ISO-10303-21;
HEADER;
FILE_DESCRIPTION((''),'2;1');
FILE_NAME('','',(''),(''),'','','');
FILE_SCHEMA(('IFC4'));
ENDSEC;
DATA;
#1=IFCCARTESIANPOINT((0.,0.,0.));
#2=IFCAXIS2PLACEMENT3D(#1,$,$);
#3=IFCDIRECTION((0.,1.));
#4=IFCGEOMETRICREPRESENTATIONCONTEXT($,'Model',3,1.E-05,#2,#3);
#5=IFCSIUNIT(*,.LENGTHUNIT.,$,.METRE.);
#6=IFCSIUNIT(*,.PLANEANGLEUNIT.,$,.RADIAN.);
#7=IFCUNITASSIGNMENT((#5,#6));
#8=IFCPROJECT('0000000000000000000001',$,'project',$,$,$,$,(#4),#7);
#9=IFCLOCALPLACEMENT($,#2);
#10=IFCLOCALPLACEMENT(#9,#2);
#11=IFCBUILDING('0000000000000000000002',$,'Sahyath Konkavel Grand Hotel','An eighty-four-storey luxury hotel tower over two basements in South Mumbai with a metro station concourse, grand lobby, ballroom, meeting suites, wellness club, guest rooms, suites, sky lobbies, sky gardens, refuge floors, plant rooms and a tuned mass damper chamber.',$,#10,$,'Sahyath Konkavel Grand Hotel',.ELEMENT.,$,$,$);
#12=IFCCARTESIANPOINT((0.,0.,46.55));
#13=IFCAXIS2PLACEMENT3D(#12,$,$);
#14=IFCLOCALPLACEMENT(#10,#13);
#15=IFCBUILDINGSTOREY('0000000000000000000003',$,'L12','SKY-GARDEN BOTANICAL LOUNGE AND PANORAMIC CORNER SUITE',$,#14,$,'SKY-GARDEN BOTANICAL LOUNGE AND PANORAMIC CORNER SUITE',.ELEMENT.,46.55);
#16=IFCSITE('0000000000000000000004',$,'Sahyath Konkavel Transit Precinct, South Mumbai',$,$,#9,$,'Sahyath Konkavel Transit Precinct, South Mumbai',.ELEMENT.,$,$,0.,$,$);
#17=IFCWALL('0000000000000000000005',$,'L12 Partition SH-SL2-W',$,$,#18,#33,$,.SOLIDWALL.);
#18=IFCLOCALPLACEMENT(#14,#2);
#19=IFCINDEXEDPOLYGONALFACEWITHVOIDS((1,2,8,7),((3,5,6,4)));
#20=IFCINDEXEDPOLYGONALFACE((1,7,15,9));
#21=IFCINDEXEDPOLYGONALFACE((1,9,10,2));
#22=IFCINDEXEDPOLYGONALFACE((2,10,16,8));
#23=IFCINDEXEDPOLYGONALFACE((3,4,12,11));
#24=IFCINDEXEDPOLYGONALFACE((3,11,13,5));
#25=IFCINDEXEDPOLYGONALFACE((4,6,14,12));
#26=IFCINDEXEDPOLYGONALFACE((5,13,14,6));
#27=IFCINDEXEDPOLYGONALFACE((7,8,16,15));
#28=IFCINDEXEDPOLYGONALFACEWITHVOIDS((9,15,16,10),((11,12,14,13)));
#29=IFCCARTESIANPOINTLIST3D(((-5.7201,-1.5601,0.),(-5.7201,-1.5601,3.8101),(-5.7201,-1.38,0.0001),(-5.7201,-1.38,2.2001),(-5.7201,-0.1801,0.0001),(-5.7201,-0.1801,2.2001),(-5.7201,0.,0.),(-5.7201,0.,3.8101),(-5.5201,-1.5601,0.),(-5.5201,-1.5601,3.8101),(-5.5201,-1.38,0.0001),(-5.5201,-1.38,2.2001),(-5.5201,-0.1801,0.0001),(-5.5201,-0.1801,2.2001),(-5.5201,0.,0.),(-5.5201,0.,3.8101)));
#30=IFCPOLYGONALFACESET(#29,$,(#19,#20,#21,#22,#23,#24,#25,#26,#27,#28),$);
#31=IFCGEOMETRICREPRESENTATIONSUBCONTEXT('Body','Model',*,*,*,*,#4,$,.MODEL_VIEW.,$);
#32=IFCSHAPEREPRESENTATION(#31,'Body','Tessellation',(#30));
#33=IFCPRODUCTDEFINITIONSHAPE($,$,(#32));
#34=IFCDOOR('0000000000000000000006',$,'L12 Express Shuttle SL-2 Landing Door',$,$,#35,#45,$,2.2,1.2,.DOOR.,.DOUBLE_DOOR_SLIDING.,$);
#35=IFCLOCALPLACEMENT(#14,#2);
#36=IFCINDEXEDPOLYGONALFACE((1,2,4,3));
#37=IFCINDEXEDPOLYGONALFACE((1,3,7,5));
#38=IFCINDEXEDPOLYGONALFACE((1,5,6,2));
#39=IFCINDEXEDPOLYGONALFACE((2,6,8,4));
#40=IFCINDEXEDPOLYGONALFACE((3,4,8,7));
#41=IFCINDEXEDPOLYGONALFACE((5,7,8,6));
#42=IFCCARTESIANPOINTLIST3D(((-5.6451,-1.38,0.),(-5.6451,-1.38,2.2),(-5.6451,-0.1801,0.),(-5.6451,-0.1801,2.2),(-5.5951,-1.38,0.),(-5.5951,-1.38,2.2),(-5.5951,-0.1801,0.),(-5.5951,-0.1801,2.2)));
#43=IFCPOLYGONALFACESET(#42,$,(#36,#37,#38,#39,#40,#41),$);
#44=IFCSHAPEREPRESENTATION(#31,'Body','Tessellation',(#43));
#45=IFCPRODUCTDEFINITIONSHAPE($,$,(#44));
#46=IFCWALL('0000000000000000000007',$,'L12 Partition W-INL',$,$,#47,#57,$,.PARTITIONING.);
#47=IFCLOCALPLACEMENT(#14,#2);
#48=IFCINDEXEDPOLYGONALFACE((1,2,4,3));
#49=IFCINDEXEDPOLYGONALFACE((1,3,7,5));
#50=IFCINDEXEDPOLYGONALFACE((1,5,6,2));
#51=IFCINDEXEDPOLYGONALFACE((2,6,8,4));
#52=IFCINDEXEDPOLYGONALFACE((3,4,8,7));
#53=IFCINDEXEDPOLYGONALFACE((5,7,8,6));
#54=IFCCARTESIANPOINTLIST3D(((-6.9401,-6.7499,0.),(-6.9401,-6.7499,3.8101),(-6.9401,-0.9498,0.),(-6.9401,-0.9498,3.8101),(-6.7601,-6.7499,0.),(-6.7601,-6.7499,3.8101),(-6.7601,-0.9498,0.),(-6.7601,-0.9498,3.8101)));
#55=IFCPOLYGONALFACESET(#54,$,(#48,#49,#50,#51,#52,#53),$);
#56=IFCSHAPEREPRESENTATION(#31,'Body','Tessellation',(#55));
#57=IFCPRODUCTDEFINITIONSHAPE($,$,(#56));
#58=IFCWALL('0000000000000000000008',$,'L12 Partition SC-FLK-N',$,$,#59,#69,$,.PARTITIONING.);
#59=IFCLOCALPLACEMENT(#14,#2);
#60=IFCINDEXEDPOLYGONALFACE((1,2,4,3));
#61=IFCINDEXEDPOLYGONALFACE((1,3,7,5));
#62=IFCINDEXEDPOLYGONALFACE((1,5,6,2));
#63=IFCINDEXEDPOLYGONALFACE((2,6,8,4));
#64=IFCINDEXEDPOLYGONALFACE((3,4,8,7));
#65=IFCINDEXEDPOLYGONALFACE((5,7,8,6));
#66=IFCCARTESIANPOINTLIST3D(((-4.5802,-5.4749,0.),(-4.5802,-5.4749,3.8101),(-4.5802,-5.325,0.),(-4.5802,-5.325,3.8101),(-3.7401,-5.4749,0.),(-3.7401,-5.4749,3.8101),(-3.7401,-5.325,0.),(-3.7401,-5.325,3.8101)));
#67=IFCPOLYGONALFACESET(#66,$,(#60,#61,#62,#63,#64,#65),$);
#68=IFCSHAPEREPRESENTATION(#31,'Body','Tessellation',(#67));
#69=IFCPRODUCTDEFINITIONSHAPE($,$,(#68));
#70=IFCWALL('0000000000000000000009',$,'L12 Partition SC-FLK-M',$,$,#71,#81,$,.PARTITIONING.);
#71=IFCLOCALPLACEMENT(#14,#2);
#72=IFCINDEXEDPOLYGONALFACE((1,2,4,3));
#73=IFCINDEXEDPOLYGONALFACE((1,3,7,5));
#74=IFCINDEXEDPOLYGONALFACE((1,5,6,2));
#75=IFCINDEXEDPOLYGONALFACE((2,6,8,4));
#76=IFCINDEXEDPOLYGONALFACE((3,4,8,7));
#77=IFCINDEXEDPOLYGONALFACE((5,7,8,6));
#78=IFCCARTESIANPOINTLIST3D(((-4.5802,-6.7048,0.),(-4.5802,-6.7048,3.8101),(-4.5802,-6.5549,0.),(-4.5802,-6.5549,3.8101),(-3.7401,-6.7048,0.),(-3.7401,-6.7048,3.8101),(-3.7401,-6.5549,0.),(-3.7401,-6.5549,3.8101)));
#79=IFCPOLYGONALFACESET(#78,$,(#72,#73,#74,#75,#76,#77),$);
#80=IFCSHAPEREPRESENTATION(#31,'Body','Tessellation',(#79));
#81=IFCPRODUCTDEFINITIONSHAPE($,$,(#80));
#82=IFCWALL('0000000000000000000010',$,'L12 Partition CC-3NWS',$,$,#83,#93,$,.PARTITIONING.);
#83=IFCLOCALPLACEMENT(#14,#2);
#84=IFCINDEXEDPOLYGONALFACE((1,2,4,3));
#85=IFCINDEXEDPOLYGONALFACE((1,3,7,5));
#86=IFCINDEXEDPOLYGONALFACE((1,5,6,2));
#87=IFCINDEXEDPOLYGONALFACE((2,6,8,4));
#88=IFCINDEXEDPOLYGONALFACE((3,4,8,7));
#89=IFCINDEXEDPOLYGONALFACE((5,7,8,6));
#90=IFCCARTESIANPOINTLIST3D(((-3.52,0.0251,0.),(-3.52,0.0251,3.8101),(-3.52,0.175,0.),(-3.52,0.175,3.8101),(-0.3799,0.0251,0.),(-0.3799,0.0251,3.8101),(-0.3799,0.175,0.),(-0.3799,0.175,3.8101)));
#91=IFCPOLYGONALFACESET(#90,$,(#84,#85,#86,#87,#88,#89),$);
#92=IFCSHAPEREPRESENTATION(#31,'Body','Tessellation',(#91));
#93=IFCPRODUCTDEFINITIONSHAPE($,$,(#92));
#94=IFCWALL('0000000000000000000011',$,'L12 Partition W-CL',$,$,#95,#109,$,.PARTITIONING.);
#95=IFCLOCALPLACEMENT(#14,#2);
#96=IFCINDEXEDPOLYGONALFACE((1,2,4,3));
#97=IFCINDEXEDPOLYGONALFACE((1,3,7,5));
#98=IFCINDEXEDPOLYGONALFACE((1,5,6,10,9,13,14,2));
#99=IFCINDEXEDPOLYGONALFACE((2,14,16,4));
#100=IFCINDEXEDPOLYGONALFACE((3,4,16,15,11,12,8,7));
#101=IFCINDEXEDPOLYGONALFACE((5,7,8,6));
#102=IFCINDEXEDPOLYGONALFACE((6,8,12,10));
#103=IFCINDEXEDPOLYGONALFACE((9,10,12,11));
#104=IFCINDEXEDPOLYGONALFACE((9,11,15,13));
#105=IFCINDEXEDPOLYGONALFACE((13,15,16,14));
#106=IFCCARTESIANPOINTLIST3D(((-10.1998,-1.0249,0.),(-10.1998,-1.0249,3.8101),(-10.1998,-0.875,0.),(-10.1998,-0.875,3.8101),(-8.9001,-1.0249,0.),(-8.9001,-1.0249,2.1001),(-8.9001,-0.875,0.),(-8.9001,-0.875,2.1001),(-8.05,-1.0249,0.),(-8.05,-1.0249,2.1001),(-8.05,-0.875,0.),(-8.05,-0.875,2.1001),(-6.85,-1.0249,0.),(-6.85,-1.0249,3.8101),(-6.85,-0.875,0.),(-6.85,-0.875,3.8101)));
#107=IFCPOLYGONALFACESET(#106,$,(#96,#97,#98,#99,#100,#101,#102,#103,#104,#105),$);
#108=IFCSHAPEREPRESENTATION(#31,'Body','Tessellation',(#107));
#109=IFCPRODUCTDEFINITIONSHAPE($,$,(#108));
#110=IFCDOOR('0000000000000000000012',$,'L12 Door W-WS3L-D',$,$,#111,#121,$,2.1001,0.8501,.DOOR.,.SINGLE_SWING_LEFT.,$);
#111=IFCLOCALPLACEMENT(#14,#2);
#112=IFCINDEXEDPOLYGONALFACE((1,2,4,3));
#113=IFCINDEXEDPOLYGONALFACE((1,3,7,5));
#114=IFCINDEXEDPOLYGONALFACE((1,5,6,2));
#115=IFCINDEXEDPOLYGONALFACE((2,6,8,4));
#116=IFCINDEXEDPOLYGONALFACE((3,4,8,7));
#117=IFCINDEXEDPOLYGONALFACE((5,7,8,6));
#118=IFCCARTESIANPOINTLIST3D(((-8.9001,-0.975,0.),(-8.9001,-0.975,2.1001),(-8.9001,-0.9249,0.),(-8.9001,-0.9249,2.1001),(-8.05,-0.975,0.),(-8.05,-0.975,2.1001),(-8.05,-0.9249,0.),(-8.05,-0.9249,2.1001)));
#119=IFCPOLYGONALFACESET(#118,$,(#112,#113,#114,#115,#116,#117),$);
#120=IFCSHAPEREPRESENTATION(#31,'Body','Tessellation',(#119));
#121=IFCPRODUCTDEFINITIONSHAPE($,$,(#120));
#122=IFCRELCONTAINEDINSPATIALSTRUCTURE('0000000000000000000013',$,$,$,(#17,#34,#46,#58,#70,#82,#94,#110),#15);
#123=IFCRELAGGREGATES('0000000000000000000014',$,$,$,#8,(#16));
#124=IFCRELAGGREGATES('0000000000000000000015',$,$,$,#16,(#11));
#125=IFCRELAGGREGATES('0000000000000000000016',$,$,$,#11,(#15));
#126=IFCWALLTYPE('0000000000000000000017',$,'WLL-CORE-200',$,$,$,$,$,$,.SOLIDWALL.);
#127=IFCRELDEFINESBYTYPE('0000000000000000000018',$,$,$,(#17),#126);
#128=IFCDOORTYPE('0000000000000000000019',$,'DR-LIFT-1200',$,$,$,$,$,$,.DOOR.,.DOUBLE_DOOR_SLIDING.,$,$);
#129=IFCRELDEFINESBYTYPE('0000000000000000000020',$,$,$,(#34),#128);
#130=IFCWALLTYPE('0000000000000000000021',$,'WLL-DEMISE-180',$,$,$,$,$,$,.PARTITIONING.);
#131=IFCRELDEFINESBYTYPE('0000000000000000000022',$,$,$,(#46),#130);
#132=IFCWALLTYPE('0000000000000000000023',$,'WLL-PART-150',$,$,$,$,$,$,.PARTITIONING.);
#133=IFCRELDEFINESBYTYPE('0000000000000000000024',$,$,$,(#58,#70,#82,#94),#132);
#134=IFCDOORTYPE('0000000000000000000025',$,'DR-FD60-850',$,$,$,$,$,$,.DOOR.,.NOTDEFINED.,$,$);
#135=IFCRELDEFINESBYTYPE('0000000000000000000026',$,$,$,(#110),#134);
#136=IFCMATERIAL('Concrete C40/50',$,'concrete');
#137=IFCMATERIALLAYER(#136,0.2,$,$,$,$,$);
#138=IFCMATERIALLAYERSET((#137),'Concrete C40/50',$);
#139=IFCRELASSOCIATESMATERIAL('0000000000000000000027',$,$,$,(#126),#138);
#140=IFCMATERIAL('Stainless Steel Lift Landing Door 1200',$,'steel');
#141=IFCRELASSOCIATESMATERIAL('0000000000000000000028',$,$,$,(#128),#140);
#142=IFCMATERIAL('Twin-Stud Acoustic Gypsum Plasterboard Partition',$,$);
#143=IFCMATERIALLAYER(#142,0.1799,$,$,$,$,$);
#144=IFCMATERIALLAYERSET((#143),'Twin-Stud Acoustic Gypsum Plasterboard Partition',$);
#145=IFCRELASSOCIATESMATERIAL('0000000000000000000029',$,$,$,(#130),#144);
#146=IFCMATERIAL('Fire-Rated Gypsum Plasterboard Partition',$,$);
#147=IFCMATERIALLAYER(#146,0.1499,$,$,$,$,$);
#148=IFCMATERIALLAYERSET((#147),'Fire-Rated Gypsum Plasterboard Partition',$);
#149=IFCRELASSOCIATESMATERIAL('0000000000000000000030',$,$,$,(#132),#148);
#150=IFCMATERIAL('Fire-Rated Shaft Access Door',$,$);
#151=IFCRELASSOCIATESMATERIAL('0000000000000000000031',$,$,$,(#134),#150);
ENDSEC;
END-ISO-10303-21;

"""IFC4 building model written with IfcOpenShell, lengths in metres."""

from ifc_helpers import new_model, si_unit, direction, frame, frame_2d, origin, origin_2d, place, context, subcontext, project, spatial, rectangle, extrude, source, transform, mapped, material, layer, layer_set, type_object, element, fill, save


model = new_model("IFC4")

# Units and contexts
model_context = context("Model", 3, precision=1e-05, world=origin(), true_north=direction((0.0, 1.0)))
body_context = subcontext(model_context, "Body", "Model", "MODEL_VIEW")
ifc_project = project(units=[si_unit("LENGTHUNIT", "METRE"), si_unit("PLANEANGLEUNIT", "RADIAN")], contexts=[model_context])

# Site, building, storey
site_placement = place(None, origin())
site = spatial("IfcSite", under=ifc_project, at=site_placement, Name="Sahyath Konkavel Transit Precinct, South Mumbai", LongName="Sahyath Konkavel Transit Precinct, South Mumbai", CompositionType="ELEMENT", RefElevation=0.0)
building_placement = place(site_placement, origin())
building = spatial("IfcBuilding", under=site, at=building_placement, Name="Sahyath Konkavel Grand Hotel", Description="An eighty-four-storey luxury hotel tower over two basements in South Mumbai with a metro station concourse, grand lobby, ballroom, meeting suites, wellness club, guest rooms, suites, sky lobbies, sky gardens, refuge floors, plant rooms and a tuned mass damper chamber.", LongName="Sahyath Konkavel Grand Hotel", CompositionType="ELEMENT")
storey_placement = place(building_placement, frame((0.0, 0.0, 46.55)))
storey = spatial("IfcBuildingStorey", under=building, at=storey_placement, Name="L12", Description="SKY-GARDEN BOTANICAL LOUNGE AND PANORAMIC CORNER SUITE", LongName="SKY-GARDEN BOTANICAL LOUNGE AND PANORAMIC CORNER SUITE", CompositionType="ELEMENT", Elevation=46.55)

# Shared definitions
ifc_material_1 = material(Name="Concrete C40/50", Category="concrete")
ifc_layer_1 = layer(ifc_material_1, 0.2)
ifc_layer_set_1 = layer_set([ifc_layer_1], Name="Concrete C40/50")
wall_type_1 = type_object("IfcWallType", Name="WLL-CORE-200", PredefinedType="SOLIDWALL", material=ifc_layer_set_1)

# Shared definitions
ifc_material_2 = material(Name="Stainless Steel Lift Landing Door 1200", Category="steel")
door_type_1 = type_object("IfcDoorType", Name="DR-LIFT-1200", OperationType="DOUBLE_DOOR_SLIDING", PredefinedType="DOOR", material=ifc_material_2)
shared_shape_1 = source(origin(), body_context, "Body", "SweptSolid", [
    extrude(rectangle(XDim=1.2, YDim=0.05, at=origin_2d()), origin(), (0.0, 0.0, 1.0), 2.2),
])

# Wall, opening, door
wall_1_placement = place(storey_placement, frame((-5.6201, -1.5601, 0.0), z_axis=(0.0, 0.0, 1.0), x_axis=(0.0, 1.0, 0.0)))
wall_1 = element("IfcWall", 1, at=wall_1_placement, inside=storey, type_object=wall_type_1, Name="L12 Partition SH-SL2-W", PredefinedType="SOLIDWALL", context=body_context, shape_type="SweptSolid", body=[
    extrude(rectangle(XDim=1.5601, YDim=0.2, at=frame_2d((0.78, 0.0))), origin(), (0.0, 0.0, 1.0), 3.8101),
])
opening_1_placement = place(wall_1_placement, frame((0.1799, 0.0, 0.0)))
opening_1 = element("IfcOpeningElement", 2, at=opening_1_placement, cuts=wall_1, PredefinedType="OPENING", context=body_context, shape_type="SweptSolid", body=[
    extrude(rectangle(XDim=1.2, YDim=2.2, at=frame_2d((0.6001, 1.1001))), frame((0.0, 0.1099, 0.0), z_axis=(0.0, -1.0, 0.0), x_axis=(1.0, 0.0, 0.0)), (0.0, 0.0, 1.0), 0.22),
])
door_1_placement = place(opening_1_placement, frame((0.6001, 0.0, 0.0)))
door_1 = element("IfcDoor", 3, at=door_1_placement, inside=storey, type_object=door_type_1, Name="L12 Express Shuttle SL-2 Landing Door", OperationType="DOUBLE_DOOR_SLIDING", OverallHeight=2.2, OverallWidth=1.2, PredefinedType="DOOR", context=body_context, shape_type="MappedRepresentation", body=[
    mapped(shared_shape_1, transform((0.0, 0.0, 0.0), scale=1.0)),
])
fill(opening_1, door_1)

# Walls
ifc_material_3 = material(Name="Twin-Stud Acoustic Gypsum Plasterboard Partition")
ifc_layer_2 = layer(ifc_material_3, 0.1799)
ifc_layer_set_2 = layer_set([ifc_layer_2], Name="Twin-Stud Acoustic Gypsum Plasterboard Partition")
wall_type_2 = type_object("IfcWallType", Name="WLL-DEMISE-180", PredefinedType="PARTITIONING", material=ifc_layer_set_2)
wall_2_placement = place(storey_placement, frame((-6.8501, -0.95, 0.0), z_axis=(0.0, 0.0, 1.0), x_axis=(0.0, -1.0, 0.0)))
element("IfcWall", 4, at=wall_2_placement, inside=storey, type_object=wall_type_2, Name="L12 Partition W-INL", PredefinedType="PARTITIONING", context=body_context, shape_type="SweptSolid", body=[
    extrude(rectangle(XDim=5.8, YDim=0.1799, at=frame_2d((2.8999, 0.0))), origin(), (0.0, 0.0, 1.0), 3.8101),
])
ifc_material_4 = material(Name="Fire-Rated Gypsum Plasterboard Partition")
ifc_layer_3 = layer(ifc_material_4, 0.1499)
ifc_layer_set_3 = layer_set([ifc_layer_3], Name="Fire-Rated Gypsum Plasterboard Partition")
wall_type_3 = type_object("IfcWallType", Name="WLL-PART-150", PredefinedType="PARTITIONING", material=ifc_layer_set_3)
for number, where, z_axis, x_axis, name in (
    (5, (-4.5801, -5.3999, 0.0), (0.0, 0.0, 1.0), (1.0, 0.0, 0.0), "L12 Partition SC-FLK-N"),
    (6, (-4.5801, -6.6299, 0.0), (0.0, 0.0, 1.0), (1.0, 0.0, 0.0), "L12 Partition SC-FLK-M"),
):
    element("IfcWall", number, at=place(storey_placement, frame(where, z_axis=z_axis, x_axis=x_axis)), inside=storey, type_object=wall_type_3, Name=name, PredefinedType="PARTITIONING", context=body_context, shape_type="SweptSolid", body=[
        extrude(rectangle(XDim=0.8401, YDim=0.1499, at=frame_2d((0.4199, 0.0))), origin(), (0.0, 0.0, 1.0), 3.8101),
    ])
wall_3_placement = place(storey_placement, frame((-3.52, 0.1001, 0.0), z_axis=(0.0, 0.0, 1.0), x_axis=(1.0, 0.0, 0.0)))
element("IfcWall", 7, at=wall_3_placement, inside=storey, type_object=wall_type_3, Name="L12 Partition CC-3NWS", PredefinedType="PARTITIONING", context=body_context, shape_type="SweptSolid", body=[
    extrude(rectangle(XDim=3.1401, YDim=0.1499, at=frame_2d((1.5701, 0.0))), origin(), (0.0, 0.0, 1.0), 3.8101),
])

# Wall, opening, door
wall_4_placement = place(storey_placement, frame((-6.8501, -0.95, 0.0), z_axis=(0.0, 0.0, 1.0), x_axis=(-1.0, 0.0, 0.0)))
wall_4 = element("IfcWall", 8, at=wall_4_placement, inside=storey, type_object=wall_type_3, Name="L12 Partition W-CL", PredefinedType="PARTITIONING", context=body_context, shape_type="SweptSolid", body=[
    extrude(rectangle(XDim=3.3499, YDim=0.1499, at=frame_2d((1.6748, 0.0))), origin(), (0.0, 0.0, 1.0), 3.8101),
])
opening_2_placement = place(wall_4_placement, frame((1.2, 0.0, 0.0)))
opening_2 = element("IfcOpeningElement", 9, at=opening_2_placement, cuts=wall_4, PredefinedType="OPENING", context=body_context, shape_type="SweptSolid", body=[
    extrude(rectangle(XDim=0.8501, YDim=2.1001, at=frame_2d((0.425, 1.05))), frame((0.0, 0.085, 0.0), z_axis=(0.0, -1.0, 0.0), x_axis=(1.0, 0.0, 0.0)), (0.0, 0.0, 1.0), 0.1699),
])
ifc_material_5 = material(Name="Fire-Rated Shaft Access Door")
door_type_2 = type_object("IfcDoorType", Name="DR-FD60-850", OperationType="NOTDEFINED", PredefinedType="DOOR", material=ifc_material_5)
shared_shape_2 = source(origin(), body_context, "Body", "SweptSolid", [
    extrude(rectangle(XDim=0.8501, YDim=0.05, at=origin_2d()), origin(), (0.0, 0.0, 1.0), 2.1001),
])
door_2_placement = place(opening_2_placement, frame((0.425, 0.0, 0.0)))
door_2 = element("IfcDoor", 10, at=door_2_placement, inside=storey, type_object=door_type_2, Name="L12 Door W-WS3L-D", OperationType="SINGLE_SWING_LEFT", OverallHeight=2.1001, OverallWidth=0.8501, PredefinedType="DOOR", context=body_context, shape_type="MappedRepresentation", body=[
    mapped(shared_shape_2, transform((0.0, 0.0, 0.0), scale=1.0)),
])
fill(opening_2, door_2)

save(model, "model.ifc")
